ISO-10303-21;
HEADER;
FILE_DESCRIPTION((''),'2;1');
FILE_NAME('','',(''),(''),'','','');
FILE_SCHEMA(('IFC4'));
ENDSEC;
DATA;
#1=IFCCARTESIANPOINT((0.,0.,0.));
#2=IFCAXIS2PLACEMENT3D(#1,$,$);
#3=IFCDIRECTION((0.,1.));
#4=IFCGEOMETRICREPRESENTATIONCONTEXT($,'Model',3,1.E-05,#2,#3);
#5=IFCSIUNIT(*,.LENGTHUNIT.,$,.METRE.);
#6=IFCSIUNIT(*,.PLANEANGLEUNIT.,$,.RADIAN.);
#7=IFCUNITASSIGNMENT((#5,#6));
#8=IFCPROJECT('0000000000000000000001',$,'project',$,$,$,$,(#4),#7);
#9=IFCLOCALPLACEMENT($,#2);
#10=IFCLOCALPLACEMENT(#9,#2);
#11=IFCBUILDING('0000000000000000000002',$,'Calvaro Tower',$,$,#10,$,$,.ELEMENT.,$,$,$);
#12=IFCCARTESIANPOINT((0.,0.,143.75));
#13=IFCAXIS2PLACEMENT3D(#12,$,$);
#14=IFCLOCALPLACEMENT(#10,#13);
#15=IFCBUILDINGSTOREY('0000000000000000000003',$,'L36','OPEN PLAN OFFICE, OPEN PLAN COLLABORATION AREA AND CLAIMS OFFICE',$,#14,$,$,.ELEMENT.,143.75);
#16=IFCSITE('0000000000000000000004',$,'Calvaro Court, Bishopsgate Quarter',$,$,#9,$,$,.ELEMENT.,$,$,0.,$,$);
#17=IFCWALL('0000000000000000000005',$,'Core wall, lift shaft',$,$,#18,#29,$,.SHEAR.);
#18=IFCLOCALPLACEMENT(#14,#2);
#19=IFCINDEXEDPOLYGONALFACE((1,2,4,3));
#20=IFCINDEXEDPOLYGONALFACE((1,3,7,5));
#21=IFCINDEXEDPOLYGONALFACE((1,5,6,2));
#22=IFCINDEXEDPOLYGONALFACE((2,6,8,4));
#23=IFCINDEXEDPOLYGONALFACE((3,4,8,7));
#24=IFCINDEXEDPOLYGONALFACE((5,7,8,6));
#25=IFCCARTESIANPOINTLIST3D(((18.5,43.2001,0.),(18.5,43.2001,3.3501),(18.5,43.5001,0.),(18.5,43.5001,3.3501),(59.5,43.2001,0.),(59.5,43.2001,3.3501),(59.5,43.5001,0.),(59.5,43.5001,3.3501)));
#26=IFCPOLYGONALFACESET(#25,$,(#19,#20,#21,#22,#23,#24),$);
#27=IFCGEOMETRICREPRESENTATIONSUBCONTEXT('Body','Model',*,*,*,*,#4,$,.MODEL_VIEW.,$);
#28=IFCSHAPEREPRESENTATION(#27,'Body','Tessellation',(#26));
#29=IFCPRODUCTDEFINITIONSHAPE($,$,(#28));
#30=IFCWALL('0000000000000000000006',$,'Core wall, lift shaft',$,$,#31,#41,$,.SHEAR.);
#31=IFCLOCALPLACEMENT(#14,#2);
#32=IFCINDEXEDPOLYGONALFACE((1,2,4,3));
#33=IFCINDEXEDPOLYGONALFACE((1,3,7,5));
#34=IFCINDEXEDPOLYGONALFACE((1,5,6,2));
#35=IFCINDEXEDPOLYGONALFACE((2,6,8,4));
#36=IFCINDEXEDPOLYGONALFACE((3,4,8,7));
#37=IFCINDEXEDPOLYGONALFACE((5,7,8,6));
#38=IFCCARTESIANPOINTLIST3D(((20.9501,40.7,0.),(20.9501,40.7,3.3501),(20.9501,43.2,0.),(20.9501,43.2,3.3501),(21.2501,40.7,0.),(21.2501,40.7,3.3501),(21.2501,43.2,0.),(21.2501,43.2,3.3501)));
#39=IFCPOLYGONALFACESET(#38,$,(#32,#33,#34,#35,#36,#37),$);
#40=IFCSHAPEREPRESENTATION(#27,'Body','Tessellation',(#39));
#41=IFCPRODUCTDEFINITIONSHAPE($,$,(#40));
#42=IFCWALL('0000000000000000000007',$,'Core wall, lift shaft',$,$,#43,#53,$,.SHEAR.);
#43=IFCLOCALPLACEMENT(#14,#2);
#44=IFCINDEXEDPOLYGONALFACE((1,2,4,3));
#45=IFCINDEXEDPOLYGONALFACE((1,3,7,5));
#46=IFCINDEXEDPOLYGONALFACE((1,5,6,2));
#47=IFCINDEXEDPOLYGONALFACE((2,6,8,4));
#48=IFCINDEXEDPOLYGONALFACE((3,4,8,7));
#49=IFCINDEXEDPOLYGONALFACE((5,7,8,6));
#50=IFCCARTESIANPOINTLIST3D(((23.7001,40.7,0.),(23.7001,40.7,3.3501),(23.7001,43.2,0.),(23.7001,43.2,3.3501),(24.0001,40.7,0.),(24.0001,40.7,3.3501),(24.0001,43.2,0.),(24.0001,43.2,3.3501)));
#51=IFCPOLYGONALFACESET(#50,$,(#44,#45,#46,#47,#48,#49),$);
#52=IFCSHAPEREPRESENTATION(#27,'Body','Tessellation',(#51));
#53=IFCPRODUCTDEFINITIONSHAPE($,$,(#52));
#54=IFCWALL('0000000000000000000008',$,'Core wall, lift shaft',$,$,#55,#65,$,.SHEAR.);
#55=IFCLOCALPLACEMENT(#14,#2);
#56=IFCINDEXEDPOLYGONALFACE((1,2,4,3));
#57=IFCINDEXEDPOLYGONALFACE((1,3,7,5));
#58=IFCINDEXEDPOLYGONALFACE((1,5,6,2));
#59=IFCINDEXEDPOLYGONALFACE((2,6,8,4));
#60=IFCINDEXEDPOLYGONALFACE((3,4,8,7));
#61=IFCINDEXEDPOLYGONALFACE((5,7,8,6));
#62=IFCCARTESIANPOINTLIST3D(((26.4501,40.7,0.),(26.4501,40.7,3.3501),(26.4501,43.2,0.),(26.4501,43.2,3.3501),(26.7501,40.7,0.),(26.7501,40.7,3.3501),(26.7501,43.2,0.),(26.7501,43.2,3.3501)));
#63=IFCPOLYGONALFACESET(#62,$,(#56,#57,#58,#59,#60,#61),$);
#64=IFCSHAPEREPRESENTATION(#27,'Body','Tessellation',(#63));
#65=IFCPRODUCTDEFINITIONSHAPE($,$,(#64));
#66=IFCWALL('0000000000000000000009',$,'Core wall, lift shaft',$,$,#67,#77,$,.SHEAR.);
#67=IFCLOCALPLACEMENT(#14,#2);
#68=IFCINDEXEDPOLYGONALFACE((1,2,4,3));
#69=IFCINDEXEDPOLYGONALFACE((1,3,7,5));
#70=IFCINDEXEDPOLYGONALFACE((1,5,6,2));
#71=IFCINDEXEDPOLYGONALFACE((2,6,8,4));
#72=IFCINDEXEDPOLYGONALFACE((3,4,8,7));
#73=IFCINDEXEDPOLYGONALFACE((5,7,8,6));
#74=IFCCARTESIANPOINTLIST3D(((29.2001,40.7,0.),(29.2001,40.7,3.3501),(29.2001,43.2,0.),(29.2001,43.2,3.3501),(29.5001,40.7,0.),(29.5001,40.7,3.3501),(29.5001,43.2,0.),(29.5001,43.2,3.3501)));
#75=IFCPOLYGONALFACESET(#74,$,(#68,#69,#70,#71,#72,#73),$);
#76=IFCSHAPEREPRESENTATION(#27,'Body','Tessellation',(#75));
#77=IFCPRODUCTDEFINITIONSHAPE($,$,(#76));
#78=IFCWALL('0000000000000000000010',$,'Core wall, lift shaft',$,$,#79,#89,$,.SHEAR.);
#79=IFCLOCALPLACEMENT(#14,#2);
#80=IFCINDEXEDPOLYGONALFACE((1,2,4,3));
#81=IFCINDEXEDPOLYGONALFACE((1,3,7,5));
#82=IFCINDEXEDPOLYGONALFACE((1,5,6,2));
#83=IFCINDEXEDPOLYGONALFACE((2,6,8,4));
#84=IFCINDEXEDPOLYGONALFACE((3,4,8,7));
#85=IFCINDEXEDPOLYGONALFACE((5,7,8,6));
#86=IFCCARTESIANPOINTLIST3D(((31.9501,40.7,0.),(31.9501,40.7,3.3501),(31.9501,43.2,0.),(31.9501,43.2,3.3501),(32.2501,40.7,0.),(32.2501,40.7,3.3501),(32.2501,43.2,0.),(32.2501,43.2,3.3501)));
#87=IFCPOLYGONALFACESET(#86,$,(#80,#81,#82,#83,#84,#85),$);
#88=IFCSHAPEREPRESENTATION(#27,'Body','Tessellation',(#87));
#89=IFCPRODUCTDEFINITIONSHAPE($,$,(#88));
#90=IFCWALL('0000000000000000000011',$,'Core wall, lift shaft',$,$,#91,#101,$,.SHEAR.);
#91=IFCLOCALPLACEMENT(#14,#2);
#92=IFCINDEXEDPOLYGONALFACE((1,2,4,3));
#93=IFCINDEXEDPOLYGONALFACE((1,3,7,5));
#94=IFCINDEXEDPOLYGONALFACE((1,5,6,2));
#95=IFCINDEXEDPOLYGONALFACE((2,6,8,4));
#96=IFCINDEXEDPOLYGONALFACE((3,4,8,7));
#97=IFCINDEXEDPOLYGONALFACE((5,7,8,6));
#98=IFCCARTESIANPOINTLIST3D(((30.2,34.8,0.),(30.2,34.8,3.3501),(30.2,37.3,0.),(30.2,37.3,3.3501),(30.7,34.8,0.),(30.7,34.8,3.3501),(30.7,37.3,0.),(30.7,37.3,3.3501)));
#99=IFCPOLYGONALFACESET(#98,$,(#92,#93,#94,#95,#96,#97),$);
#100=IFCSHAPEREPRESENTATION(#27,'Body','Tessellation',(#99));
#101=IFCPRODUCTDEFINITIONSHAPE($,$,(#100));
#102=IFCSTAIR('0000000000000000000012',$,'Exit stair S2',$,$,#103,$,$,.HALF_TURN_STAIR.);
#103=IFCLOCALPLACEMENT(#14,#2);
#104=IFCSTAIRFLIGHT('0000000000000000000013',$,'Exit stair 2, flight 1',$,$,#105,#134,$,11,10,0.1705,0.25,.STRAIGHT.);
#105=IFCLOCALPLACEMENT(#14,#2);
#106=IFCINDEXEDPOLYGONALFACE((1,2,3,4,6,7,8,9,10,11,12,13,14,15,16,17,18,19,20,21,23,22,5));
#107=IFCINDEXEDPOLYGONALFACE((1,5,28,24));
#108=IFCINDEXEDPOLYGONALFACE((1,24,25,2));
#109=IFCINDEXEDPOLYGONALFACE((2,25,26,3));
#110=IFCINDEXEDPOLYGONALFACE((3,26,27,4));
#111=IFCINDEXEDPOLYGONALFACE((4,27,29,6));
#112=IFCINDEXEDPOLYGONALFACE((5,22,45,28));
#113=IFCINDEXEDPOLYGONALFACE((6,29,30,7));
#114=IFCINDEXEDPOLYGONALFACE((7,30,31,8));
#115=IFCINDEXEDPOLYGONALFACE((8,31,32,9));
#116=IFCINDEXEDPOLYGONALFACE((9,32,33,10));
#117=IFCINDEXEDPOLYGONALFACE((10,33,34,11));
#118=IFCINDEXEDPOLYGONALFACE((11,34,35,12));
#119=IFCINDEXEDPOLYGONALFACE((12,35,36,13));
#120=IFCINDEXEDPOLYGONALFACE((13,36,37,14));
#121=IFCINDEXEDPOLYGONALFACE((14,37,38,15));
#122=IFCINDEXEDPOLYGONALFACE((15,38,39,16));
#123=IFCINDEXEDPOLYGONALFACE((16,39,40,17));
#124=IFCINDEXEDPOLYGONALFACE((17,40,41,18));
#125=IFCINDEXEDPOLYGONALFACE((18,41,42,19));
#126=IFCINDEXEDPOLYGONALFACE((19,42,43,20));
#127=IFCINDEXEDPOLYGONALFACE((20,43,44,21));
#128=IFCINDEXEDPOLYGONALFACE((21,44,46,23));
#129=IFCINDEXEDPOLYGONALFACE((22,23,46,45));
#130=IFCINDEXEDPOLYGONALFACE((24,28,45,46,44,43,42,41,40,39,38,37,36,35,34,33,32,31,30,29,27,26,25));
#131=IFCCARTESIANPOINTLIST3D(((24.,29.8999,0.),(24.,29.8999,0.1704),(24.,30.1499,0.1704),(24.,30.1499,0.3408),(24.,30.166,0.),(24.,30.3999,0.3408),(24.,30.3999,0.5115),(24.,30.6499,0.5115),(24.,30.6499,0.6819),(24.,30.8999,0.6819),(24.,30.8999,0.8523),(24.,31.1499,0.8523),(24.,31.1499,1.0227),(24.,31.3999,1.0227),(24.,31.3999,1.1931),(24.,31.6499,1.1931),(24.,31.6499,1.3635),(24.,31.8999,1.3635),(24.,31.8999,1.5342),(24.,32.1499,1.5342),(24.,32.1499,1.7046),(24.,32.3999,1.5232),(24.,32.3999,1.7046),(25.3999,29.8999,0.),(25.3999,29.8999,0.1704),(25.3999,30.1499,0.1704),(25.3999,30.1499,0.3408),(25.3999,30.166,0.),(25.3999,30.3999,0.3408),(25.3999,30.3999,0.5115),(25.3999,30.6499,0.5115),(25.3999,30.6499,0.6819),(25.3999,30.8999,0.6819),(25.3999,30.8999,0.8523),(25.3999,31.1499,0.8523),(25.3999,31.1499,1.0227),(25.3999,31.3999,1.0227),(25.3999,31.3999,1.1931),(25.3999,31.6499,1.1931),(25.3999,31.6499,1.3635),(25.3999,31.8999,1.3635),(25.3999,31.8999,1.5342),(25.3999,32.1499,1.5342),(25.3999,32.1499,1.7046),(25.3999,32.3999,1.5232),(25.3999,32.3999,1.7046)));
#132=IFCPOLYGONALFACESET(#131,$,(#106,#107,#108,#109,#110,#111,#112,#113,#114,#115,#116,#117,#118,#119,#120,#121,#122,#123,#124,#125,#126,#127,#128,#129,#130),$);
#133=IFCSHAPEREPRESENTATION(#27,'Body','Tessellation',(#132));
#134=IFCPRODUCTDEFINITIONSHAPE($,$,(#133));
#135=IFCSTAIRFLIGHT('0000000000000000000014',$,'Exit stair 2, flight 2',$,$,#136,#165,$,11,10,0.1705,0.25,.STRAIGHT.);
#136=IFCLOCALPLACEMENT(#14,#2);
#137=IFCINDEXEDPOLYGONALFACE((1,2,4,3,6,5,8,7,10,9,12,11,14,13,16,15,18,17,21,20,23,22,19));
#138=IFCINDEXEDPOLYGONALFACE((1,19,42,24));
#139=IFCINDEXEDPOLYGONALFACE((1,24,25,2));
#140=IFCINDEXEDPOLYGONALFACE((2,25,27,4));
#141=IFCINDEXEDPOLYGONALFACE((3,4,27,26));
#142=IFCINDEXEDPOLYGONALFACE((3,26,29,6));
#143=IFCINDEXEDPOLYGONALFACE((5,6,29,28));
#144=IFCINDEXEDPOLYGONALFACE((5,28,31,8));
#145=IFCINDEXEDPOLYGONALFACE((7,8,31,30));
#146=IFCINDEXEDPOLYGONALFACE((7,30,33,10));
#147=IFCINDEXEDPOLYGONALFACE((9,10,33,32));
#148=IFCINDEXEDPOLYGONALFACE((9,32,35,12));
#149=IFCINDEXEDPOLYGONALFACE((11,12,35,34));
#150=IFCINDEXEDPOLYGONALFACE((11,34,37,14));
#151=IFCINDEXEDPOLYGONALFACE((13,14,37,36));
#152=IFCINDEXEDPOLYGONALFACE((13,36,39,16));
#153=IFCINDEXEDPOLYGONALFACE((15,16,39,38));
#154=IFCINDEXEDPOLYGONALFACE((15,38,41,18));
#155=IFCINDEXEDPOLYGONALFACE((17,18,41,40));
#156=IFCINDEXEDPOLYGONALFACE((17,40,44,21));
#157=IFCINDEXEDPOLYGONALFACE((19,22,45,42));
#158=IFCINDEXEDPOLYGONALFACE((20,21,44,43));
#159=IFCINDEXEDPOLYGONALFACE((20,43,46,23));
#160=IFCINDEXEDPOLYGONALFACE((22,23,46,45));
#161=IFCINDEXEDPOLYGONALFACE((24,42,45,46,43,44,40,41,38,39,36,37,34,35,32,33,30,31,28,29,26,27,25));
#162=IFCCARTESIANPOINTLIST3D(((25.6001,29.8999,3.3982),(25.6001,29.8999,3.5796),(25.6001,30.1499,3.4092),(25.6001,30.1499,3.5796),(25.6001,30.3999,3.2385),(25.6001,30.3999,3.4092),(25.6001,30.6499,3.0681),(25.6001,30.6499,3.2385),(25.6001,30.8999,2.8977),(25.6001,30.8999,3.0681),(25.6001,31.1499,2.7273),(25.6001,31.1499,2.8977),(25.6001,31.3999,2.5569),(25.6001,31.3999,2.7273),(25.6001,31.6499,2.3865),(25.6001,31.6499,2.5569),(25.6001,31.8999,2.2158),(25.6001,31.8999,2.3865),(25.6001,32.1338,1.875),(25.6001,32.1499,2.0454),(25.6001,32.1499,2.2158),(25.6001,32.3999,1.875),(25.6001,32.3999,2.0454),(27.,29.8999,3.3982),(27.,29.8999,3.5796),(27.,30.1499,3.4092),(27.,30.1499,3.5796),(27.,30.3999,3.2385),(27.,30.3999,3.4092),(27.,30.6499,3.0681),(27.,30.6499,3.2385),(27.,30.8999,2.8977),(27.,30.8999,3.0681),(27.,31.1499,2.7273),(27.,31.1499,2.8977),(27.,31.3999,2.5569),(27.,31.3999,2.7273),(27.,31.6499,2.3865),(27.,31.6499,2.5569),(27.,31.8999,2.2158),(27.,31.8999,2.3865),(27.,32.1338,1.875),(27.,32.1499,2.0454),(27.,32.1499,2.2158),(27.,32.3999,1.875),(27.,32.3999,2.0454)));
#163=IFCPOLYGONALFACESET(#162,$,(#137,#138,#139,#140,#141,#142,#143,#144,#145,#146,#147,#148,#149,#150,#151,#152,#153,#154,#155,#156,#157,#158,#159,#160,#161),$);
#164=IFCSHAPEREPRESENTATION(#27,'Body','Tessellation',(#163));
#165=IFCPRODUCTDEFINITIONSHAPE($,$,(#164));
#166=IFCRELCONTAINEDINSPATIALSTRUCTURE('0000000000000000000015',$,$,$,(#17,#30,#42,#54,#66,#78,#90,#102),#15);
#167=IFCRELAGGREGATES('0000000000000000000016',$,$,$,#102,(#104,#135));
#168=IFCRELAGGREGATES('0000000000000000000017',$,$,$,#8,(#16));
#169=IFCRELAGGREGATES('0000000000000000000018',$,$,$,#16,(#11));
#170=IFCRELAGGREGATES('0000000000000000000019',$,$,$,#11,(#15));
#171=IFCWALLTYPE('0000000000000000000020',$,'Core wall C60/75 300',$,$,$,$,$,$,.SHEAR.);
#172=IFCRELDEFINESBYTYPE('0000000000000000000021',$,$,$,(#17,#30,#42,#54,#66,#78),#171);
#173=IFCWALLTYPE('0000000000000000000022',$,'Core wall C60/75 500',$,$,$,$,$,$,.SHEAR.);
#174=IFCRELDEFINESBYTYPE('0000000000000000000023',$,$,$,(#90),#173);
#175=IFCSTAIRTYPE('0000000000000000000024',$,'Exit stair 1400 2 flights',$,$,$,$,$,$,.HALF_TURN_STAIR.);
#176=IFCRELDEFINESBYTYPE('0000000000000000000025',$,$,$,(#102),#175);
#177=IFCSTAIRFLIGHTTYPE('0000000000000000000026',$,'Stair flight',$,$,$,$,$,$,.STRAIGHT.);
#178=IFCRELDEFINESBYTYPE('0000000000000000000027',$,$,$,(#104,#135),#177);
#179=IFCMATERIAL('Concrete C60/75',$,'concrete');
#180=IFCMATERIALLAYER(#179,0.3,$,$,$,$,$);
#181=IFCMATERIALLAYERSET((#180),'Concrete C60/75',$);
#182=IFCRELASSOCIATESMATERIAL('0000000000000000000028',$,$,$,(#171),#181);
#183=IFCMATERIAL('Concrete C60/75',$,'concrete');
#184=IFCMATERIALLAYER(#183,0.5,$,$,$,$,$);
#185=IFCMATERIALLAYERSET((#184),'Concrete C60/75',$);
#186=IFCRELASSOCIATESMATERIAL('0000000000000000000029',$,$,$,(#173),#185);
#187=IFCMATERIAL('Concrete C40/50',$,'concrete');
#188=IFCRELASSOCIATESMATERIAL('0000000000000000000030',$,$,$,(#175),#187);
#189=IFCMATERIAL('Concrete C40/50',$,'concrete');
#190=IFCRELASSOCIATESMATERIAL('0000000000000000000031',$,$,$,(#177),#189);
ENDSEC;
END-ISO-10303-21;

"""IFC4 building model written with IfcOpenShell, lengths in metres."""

from ifc_helpers import new_model, si_unit, direction, frame, frame_2d, origin, place, context, subcontext, project, spatial, polyline, rectangle, outline, extrude, material, layer, layer_set, type_object, element, aggregate, save


model = new_model("IFC4")

# Units and contexts
model_context = context("Model", 3, precision=1e-05, world=origin(), true_north=direction((0.0, 1.0)))
body_context = subcontext(model_context, "Body", "Model", "MODEL_VIEW")
ifc_project = project(units=[si_unit("LENGTHUNIT", "METRE"), si_unit("PLANEANGLEUNIT", "RADIAN")], contexts=[model_context])

# Site, building, storey
site_placement = place(None, origin())
site = spatial("IfcSite", under=ifc_project, at=site_placement, Name="Calvaro Court, Bishopsgate Quarter", CompositionType="ELEMENT", RefElevation=0.0)
building_placement = place(site_placement, origin())
building = spatial("IfcBuilding", under=site, at=building_placement, Name="Calvaro Tower", CompositionType="ELEMENT")
storey_placement = place(building_placement, frame((0.0, 0.0, 143.75)))
storey = spatial("IfcBuildingStorey", under=building, at=storey_placement, Name="L36", Description="OPEN PLAN OFFICE, OPEN PLAN COLLABORATION AREA AND CLAIMS OFFICE", CompositionType="ELEMENT", Elevation=143.75)

# Shared definitions
ifc_material_1 = material(Name="Concrete C60/75", Category="concrete")
ifc_layer_1 = layer(ifc_material_1, 0.3)
ifc_layer_set_1 = layer_set([ifc_layer_1], Name="Concrete C60/75")
wall_type_1 = type_object("IfcWallType", Name="Core wall C60/75 300", PredefinedType="SHEAR", material=ifc_layer_set_1)

# Walls
wall_1_placement = place(storey_placement, frame((18.5, 43.3501, 0.0), z_axis=(0.0, 0.0, 1.0), x_axis=(1.0, 0.0, 0.0)))
element("IfcWall", 1, at=wall_1_placement, inside=storey, type_object=wall_type_1, Name="Core wall, lift shaft", PredefinedType="SHEAR", context=body_context, shape_type="SweptSolid", body=[
    extrude(rectangle(XDim=41.0, YDim=0.3, at=frame_2d((20.5, 0.0))), origin(), (0.0, 0.0, 1.0), 3.3501),
])
for number, where, z_axis, x_axis, name in (
    (2, (21.1001, 40.7, 0.0), (0.0, 0.0, 1.0), (0.0, 1.0, 0.0), "Core wall, lift shaft"),
    (3, (23.8501, 40.7, 0.0), (0.0, 0.0, 1.0), (0.0, 1.0, 0.0), "Core wall, lift shaft"),
    (4, (26.6001, 40.7, 0.0), (0.0, 0.0, 1.0), (0.0, 1.0, 0.0), "Core wall, lift shaft"),
    (5, (29.3501, 40.7, 0.0), (0.0, 0.0, 1.0), (0.0, 1.0, 0.0), "Core wall, lift shaft"),
    (6, (32.1001, 40.7, 0.0), (0.0, 0.0, 1.0), (0.0, 1.0, 0.0), "Core wall, lift shaft"),
):
    element("IfcWall", number, at=place(storey_placement, frame(where, z_axis=z_axis, x_axis=x_axis)), inside=storey, type_object=wall_type_1, Name=name, PredefinedType="SHEAR", context=body_context, shape_type="SweptSolid", body=[
        extrude(rectangle(XDim=2.5, YDim=0.3, at=frame_2d((1.25, 0.0))), origin(), (0.0, 0.0, 1.0), 3.3501),
    ])
ifc_material_2 = material(Name="Concrete C60/75", Category="concrete")
ifc_layer_2 = layer(ifc_material_2, 0.5)
ifc_layer_set_2 = layer_set([ifc_layer_2], Name="Concrete C60/75")
wall_type_2 = type_object("IfcWallType", Name="Core wall C60/75 500", PredefinedType="SHEAR", material=ifc_layer_set_2)
wall_2_placement = place(storey_placement, frame((30.45, 34.8, 0.0), z_axis=(0.0, 0.0, 1.0), x_axis=(0.0, 1.0, 0.0)))
element("IfcWall", 7, at=wall_2_placement, inside=storey, type_object=wall_type_2, Name="Core wall, lift shaft", PredefinedType="SHEAR", context=body_context, shape_type="SweptSolid", body=[
    extrude(rectangle(XDim=2.5, YDim=0.5, at=frame_2d((1.25, 0.0))), origin(), (0.0, 0.0, 1.0), 3.3501),
])

# Stair, stair flights
ifc_material_3 = material(Name="Concrete C40/50", Category="concrete")
stair_type = type_object("IfcStairType", Name="Exit stair 1400 2 flights", PredefinedType="HALF_TURN_STAIR", material=ifc_material_3)
stair_placement = place(storey_placement, origin())
stair = element("IfcStair", 8, at=stair_placement, inside=storey, type_object=stair_type, Name="Exit stair S2", PredefinedType="HALF_TURN_STAIR")
ifc_material_4 = material(Name="Concrete C40/50", Category="concrete")
stair_flight_type = type_object("IfcStairFlightType", Name="Stair flight", PredefinedType="STRAIGHT", material=ifc_material_4)
stair_flight_1_placement = place(storey_placement, frame((24.7, 29.8999, 0.0), z_axis=(0.0, 0.0, 1.0), x_axis=(0.0, 1.0, 0.0)))
stair_flight_1 = element("IfcStairFlight", 9, at=stair_flight_1_placement, type_object=stair_flight_type, Name="Exit stair 2, flight 1", NumberOfRisers=11, NumberOfTreads=10, PredefinedType="STRAIGHT", RiserHeight=0.1705, TreadLength=0.25, context=body_context, shape_type="SweptSolid", body=[
    extrude(outline(polyline([(0.0, 0.0), (0.0, 0.1704), (0.25, 0.1704), (0.25, 0.3408), (0.5, 0.3408), (0.5, 0.5115), (0.75, 0.5115), (0.75, 0.6819), (1.0, 0.6819), (1.0, 0.8523), (1.25, 0.8523), (1.25, 1.0227), (1.5, 1.0227), (1.5, 1.1931), (1.75, 1.1931), (1.75, 1.3635), (2.0, 1.3635), (2.0, 1.5342), (2.25, 1.5342), (2.25, 1.7046), (2.5, 1.7046), (2.5, 1.875), (2.5, 1.5232), (0.2661, 0.0), (0.0, 0.0)])), frame((0.0, 0.7, 0.0), z_axis=(0.0, -1.0, 0.0), x_axis=(1.0, 0.0, 0.0)), (0.0, 0.0, 1.0), 1.3999),
])
stair_flight_2_placement = place(storey_placement, frame((26.3, 32.3999, 1.875), z_axis=(0.0, 0.0, 1.0), x_axis=(0.0, -1.0, 0.0)))
stair_flight_2 = element("IfcStairFlight", 10, at=stair_flight_2_placement, type_object=stair_flight_type, Name="Exit stair 2, flight 2", NumberOfRisers=11, NumberOfTreads=10, PredefinedType="STRAIGHT", RiserHeight=0.1705, TreadLength=0.25, context=body_context, shape_type="SweptSolid", body=[
    extrude(outline(polyline([(0.0, 0.0), (0.0, 0.1704), (0.25, 0.1704), (0.25, 0.3408), (0.5, 0.3408), (0.5, 0.5115), (0.75, 0.5115), (0.75, 0.6819), (1.0, 0.6819), (1.0, 0.8523), (1.25, 0.8523), (1.25, 1.0227), (1.5, 1.0227), (1.5, 1.1931), (1.75, 1.1931), (1.75, 1.3635), (2.0, 1.3635), (2.0, 1.5342), (2.25, 1.5342), (2.25, 1.7046), (2.5, 1.7046), (2.5, 1.875), (2.5, 1.5232), (0.2661, 0.0), (0.0, 0.0)])), frame((0.0, 0.7, 0.0), z_axis=(0.0, -1.0, 0.0), x_axis=(1.0, 0.0, 0.0)), (0.0, 0.0, 1.0), 1.3999),
])
aggregate(stair, [stair_flight_1, stair_flight_2])

save(model, "model.ifc")
